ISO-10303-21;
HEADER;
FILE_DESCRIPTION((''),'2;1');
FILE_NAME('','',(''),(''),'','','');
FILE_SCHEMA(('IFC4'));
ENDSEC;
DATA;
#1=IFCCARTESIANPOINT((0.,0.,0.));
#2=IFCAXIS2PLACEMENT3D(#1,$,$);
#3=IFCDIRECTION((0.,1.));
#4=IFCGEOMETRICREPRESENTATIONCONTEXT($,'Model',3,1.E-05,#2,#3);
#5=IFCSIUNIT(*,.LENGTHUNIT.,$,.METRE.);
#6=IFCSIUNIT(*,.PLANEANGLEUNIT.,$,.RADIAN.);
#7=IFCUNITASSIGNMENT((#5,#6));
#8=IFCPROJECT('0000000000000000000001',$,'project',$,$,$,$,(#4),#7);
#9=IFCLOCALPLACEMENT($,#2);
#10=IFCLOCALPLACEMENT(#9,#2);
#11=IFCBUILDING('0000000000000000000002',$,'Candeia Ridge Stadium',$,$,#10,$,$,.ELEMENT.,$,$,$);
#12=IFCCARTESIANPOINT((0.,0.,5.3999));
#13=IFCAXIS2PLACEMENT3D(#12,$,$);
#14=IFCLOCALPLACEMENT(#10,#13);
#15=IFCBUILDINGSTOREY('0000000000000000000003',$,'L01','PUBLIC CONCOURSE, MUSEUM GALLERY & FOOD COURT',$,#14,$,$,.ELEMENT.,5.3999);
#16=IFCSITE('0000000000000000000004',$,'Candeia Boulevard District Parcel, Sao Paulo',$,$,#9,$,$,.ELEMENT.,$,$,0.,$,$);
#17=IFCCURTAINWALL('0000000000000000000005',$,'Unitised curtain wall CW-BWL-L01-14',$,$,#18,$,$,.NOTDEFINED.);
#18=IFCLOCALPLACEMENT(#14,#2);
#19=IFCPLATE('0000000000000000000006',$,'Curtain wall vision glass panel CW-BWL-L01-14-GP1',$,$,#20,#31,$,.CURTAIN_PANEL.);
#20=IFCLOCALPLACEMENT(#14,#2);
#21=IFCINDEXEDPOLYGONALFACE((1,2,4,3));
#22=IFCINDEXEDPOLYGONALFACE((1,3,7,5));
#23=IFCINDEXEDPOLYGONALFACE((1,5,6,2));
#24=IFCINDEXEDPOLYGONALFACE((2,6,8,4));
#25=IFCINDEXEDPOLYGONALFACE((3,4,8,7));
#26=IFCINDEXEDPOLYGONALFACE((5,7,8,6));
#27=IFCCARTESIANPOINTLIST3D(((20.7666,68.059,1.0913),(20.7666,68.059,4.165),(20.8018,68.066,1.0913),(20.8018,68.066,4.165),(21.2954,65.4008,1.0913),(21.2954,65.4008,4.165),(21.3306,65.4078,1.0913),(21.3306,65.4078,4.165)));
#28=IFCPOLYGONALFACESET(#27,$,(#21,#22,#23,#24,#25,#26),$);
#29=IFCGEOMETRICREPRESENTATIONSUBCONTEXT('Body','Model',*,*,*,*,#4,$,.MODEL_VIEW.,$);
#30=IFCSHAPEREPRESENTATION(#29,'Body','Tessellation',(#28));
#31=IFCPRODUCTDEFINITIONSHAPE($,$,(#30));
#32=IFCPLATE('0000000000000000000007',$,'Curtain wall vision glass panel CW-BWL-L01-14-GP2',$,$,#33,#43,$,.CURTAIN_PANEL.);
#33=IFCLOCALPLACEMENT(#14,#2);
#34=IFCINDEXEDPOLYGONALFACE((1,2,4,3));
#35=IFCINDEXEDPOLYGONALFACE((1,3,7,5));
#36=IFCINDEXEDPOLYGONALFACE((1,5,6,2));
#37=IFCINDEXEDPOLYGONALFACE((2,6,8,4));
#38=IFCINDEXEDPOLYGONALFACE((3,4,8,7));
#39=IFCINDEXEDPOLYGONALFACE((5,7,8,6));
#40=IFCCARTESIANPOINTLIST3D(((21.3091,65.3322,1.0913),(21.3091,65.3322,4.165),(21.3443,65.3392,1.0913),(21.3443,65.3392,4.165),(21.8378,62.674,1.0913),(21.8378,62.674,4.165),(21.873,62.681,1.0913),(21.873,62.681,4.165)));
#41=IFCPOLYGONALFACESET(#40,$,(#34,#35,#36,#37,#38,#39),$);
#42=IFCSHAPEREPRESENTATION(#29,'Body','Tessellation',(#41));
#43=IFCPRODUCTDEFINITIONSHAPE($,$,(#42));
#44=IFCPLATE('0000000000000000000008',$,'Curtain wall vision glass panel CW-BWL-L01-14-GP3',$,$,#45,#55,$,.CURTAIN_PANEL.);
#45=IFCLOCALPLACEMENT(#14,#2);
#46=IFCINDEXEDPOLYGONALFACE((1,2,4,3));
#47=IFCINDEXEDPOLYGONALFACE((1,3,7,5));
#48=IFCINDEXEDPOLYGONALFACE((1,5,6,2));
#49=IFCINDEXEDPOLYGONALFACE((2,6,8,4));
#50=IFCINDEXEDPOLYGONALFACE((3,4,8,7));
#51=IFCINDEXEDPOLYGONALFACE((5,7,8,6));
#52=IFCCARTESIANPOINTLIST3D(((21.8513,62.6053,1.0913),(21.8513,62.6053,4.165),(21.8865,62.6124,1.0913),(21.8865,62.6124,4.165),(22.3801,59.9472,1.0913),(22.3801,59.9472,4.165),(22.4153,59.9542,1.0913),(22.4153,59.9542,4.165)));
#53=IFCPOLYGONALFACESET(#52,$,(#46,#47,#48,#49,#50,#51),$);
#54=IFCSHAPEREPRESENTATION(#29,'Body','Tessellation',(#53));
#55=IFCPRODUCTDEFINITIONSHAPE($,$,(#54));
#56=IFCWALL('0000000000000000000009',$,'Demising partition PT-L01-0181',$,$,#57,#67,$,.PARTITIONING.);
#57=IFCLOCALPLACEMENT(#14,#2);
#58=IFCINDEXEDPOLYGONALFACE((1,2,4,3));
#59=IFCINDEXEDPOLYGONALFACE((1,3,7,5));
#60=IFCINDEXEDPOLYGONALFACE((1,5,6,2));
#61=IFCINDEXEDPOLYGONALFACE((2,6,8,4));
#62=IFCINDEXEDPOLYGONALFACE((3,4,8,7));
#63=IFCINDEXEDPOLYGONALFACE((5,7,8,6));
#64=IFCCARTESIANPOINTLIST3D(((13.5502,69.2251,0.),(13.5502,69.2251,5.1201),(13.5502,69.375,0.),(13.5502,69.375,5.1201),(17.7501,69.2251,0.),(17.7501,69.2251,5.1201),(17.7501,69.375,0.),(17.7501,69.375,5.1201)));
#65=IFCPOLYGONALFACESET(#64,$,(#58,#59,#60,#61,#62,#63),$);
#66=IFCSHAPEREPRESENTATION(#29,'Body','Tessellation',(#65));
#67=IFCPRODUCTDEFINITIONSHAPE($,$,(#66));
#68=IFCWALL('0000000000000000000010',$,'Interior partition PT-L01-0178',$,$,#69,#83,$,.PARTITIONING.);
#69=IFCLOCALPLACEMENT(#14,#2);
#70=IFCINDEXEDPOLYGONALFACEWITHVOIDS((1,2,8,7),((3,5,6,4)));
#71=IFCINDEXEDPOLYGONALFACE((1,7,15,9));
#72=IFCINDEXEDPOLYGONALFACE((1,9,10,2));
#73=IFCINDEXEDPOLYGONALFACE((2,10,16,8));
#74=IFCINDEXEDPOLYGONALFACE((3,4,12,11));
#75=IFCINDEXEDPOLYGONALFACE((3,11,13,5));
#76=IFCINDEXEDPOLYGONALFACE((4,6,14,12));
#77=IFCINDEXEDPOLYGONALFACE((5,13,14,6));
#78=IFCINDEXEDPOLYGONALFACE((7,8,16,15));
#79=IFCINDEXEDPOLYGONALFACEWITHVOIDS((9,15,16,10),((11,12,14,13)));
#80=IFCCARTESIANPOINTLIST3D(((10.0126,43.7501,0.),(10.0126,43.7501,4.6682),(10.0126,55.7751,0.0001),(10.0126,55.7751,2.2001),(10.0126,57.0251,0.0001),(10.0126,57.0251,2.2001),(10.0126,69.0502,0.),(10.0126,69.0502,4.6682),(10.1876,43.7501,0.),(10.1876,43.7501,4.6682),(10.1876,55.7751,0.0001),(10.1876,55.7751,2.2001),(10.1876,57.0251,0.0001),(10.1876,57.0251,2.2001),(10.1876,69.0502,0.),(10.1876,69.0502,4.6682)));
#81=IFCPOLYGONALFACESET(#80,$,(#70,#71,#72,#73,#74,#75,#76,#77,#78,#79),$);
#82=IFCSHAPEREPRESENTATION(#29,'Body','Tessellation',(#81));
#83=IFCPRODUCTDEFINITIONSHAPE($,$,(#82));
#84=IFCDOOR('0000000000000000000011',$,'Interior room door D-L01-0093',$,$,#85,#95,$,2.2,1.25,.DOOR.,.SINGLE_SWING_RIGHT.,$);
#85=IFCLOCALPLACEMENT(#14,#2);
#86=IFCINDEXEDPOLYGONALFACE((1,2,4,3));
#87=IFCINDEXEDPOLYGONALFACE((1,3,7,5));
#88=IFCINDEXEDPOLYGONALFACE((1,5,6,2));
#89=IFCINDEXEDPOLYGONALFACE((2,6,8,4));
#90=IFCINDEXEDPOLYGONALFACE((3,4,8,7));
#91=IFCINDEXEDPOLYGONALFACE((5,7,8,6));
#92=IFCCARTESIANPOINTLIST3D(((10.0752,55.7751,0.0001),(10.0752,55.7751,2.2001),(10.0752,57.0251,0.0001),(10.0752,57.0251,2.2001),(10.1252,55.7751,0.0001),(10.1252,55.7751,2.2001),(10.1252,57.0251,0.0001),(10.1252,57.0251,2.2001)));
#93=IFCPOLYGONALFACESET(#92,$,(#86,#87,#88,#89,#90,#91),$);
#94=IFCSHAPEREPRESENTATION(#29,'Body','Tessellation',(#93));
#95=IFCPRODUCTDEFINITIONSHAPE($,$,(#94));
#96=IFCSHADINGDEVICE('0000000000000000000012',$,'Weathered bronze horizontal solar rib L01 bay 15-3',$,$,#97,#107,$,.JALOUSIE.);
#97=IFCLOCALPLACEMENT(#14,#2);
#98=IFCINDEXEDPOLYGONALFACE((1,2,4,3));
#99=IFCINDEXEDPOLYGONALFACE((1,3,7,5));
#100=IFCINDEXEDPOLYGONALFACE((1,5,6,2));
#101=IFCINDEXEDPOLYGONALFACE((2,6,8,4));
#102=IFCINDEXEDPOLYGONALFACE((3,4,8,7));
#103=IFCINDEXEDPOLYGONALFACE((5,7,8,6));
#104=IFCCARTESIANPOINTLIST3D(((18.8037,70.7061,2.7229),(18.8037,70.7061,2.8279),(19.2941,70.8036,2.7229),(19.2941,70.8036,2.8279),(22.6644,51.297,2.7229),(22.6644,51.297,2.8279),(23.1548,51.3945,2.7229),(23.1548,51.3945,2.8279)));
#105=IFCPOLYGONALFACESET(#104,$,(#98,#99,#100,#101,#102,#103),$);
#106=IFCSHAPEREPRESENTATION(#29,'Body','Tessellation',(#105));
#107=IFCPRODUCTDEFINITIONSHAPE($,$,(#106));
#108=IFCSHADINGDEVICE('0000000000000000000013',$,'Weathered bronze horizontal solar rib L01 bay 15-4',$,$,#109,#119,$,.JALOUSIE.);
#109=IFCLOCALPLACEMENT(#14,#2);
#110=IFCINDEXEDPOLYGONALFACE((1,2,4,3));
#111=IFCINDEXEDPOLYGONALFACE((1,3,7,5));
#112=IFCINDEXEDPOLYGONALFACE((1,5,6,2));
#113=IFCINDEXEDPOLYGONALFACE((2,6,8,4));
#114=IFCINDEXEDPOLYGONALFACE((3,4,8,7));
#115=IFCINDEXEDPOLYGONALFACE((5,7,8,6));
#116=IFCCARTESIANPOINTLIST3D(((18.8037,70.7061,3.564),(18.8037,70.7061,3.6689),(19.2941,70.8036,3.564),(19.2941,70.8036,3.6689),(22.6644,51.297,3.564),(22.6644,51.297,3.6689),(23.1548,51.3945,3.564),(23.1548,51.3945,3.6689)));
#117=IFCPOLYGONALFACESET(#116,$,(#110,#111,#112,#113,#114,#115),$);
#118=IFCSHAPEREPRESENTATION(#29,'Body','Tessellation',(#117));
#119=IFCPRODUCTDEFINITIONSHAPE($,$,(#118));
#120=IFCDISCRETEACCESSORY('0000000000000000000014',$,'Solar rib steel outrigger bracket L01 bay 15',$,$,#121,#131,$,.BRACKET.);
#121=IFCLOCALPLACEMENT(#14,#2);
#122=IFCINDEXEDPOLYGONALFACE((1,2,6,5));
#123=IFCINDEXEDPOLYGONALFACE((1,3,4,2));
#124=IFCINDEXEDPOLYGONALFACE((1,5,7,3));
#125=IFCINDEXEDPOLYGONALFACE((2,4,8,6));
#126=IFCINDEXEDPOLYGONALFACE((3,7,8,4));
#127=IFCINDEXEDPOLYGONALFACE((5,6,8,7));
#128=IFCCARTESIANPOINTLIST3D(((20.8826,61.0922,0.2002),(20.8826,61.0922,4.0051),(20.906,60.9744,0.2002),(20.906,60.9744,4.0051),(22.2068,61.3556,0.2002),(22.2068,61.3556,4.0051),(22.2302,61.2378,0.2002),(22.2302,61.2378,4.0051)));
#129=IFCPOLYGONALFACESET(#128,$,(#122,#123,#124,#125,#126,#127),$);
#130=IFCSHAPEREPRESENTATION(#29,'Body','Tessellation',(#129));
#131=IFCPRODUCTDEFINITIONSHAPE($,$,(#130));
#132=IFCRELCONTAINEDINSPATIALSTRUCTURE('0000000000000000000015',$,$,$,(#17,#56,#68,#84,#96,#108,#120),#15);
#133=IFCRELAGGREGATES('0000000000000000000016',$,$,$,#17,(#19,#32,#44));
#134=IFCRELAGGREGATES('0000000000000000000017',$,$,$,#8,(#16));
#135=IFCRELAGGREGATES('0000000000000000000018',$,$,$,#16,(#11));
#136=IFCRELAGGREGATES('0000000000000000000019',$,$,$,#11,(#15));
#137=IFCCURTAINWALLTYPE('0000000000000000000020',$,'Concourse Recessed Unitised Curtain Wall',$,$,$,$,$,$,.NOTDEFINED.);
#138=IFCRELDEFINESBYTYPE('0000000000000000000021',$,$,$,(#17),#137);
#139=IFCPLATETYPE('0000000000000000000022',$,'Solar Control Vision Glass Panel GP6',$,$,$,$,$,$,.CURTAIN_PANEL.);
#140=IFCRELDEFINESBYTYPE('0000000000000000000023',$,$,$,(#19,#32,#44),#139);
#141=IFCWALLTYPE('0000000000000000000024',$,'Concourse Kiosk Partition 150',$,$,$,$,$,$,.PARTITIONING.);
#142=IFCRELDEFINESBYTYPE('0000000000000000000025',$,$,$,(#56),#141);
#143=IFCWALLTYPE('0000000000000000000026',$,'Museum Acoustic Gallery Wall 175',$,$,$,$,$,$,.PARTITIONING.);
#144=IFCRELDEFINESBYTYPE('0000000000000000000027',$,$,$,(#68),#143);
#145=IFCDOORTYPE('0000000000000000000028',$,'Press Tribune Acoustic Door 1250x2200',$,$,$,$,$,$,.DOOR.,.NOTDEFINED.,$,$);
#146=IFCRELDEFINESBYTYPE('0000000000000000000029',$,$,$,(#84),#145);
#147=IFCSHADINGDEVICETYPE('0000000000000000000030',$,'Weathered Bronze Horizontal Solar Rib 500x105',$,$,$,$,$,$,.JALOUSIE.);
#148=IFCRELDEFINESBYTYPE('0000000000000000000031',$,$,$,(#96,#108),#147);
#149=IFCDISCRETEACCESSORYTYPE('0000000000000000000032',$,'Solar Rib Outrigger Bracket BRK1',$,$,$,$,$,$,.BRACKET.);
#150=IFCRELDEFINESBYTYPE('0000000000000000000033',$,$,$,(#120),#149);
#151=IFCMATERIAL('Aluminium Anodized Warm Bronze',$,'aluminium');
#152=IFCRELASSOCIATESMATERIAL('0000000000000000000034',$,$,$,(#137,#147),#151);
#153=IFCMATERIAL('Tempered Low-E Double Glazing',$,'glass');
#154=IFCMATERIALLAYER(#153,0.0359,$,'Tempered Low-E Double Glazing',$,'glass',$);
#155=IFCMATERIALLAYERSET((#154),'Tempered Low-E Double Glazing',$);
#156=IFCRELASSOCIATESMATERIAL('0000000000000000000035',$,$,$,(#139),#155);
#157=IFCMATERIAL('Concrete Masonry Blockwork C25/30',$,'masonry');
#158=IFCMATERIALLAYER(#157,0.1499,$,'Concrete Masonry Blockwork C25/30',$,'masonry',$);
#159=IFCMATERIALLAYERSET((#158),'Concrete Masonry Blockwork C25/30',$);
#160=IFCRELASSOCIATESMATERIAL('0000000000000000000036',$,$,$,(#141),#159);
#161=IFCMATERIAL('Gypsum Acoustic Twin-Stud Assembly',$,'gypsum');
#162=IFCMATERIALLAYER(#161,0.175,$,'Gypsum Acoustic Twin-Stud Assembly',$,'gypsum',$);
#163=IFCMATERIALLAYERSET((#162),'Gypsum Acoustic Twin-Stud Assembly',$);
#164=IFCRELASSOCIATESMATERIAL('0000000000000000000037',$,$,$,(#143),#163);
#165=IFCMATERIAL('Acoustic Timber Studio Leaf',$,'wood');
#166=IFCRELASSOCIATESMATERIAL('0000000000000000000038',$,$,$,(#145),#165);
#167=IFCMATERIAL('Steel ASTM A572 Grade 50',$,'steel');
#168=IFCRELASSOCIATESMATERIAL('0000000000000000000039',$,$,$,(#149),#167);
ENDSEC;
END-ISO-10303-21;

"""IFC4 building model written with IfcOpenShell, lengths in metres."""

from ifc_helpers import new_model, si_unit, direction, frame, frame_2d, origin, origin_2d, place, context, subcontext, project, spatial, rectangle, extrude, material, layer, layer_set, type_object, element, fill, aggregate, save


model = new_model("IFC4")

# Units and contexts
model_context = context("Model", 3, precision=1e-05, world=origin(), true_north=direction((0.0, 1.0)))
body_context = subcontext(model_context, "Body", "Model", "MODEL_VIEW")
ifc_project = project(units=[si_unit("LENGTHUNIT", "METRE"), si_unit("PLANEANGLEUNIT", "RADIAN")], contexts=[model_context])

# Site, building, storey
site_placement = place(None, origin())
site = spatial("IfcSite", under=ifc_project, at=site_placement, Name="Candeia Boulevard District Parcel, Sao Paulo", CompositionType="ELEMENT", RefElevation=0.0)
building_placement = place(site_placement, origin())
building = spatial("IfcBuilding", under=site, at=building_placement, Name="Candeia Ridge Stadium", CompositionType="ELEMENT")
storey_placement = place(building_placement, frame((0.0, 0.0, 5.3999)))
storey = spatial("IfcBuildingStorey", under=building, at=storey_placement, Name="L01", Description="PUBLIC CONCOURSE, MUSEUM GALLERY & FOOD COURT", CompositionType="ELEMENT", Elevation=5.3999)

# Curtain wall
ifc_material_1 = material(Name="Aluminium Anodized Warm Bronze", Category="aluminium")
curtain_wall_type = type_object("IfcCurtainWallType", Name="Concourse Recessed Unitised Curtain Wall", PredefinedType="NOTDEFINED", material=ifc_material_1)
curtain_wall_placement = place(storey_placement, origin())
curtain_wall = element("IfcCurtainWall", 1, at=curtain_wall_placement, inside=storey, type_object=curtain_wall_type, Name="Unitised curtain wall CW-BWL-L01-14", PredefinedType="NOTDEFINED")

# Shared definitions
ifc_material_2 = material(Name="Steel ASTM A572 Grade 50", Category="steel")

# Plates
ifc_material_3 = material(Name="Tempered Low-E Double Glazing", Category="glass")
ifc_layer_1 = layer(ifc_material_3, 0.0359, Name="Tempered Low-E Double Glazing", Category="glass")
ifc_layer_set_1 = layer_set([ifc_layer_1], Name="Tempered Low-E Double Glazing")
plate_type_1 = type_object("IfcPlateType", Name="Solar Control Vision Glass Panel GP6", PredefinedType="CURTAIN_PANEL", material=ifc_layer_set_1)
plate_1_placement = place(storey_placement, frame((21.0486, 66.7334, 1.0913), z_axis=(0.0, 0.0, 1.0), x_axis=(0.19509, -0.980785, 0.0)))
plate_1 = element("IfcPlate", 2, at=plate_1_placement, type_object=plate_type_1, Name="Curtain wall vision glass panel CW-BWL-L01-14-GP1", PredefinedType="CURTAIN_PANEL", context=body_context, shape_type="SweptSolid", body=[
    extrude(rectangle(XDim=2.7102, YDim=0.0359, at=origin_2d()), origin(), (0.0, 0.0, 1.0), 3.0737),
])
plate_2_placement = place(storey_placement, frame((21.5911, 64.0066, 1.0913), z_axis=(0.0, 0.0, 1.0), x_axis=(0.19509, -0.980785, 0.0)))
plate_2 = element("IfcPlate", 3, at=plate_2_placement, type_object=plate_type_1, Name="Curtain wall vision glass panel CW-BWL-L01-14-GP2", PredefinedType="CURTAIN_PANEL", context=body_context, shape_type="SweptSolid", body=[
    extrude(rectangle(XDim=2.7102, YDim=0.0359, at=origin_2d()), origin(), (0.0, 0.0, 1.0), 3.0737),
])
plate_3_placement = place(storey_placement, frame((22.1333, 61.2798, 1.0913), z_axis=(0.0, 0.0, 1.0), x_axis=(0.19509, -0.980785, 0.0)))
plate_3 = element("IfcPlate", 4, at=plate_3_placement, type_object=plate_type_1, Name="Curtain wall vision glass panel CW-BWL-L01-14-GP3", PredefinedType="CURTAIN_PANEL", context=body_context, shape_type="SweptSolid", body=[
    extrude(rectangle(XDim=2.7102, YDim=0.0359, at=origin_2d()), origin(), (0.0, 0.0, 1.0), 3.0737),
])
aggregate(curtain_wall, [plate_1, plate_2, plate_3])

# Wall
ifc_material_4 = material(Name="Concrete Masonry Blockwork C25/30", Category="masonry")
ifc_layer_2 = layer(ifc_material_4, 0.1499, Name="Concrete Masonry Blockwork C25/30", Category="masonry")
ifc_layer_set_2 = layer_set([ifc_layer_2], Name="Concrete Masonry Blockwork C25/30")
wall_type_1 = type_object("IfcWallType", Name="Concourse Kiosk Partition 150", PredefinedType="PARTITIONING", material=ifc_layer_set_2)
wall_1_placement = place(storey_placement, frame((13.55, 69.3, 0.0), z_axis=(0.0, 0.0, 1.0), x_axis=(1.0, 0.0, 0.0)))
element("IfcWall", 5, at=wall_1_placement, inside=storey, type_object=wall_type_1, Name="Demising partition PT-L01-0181", PredefinedType="PARTITIONING", context=body_context, shape_type="SweptSolid", body=[
    extrude(rectangle(XDim=4.2, YDim=0.1499, at=frame_2d((2.1001, 0.0))), origin(), (0.0, 0.0, 1.0), 5.1201),
])

# Wall, opening, door
ifc_material_5 = material(Name="Gypsum Acoustic Twin-Stud Assembly", Category="gypsum")
ifc_layer_3 = layer(ifc_material_5, 0.175, Name="Gypsum Acoustic Twin-Stud Assembly", Category="gypsum")
ifc_layer_set_3 = layer_set([ifc_layer_3], Name="Gypsum Acoustic Twin-Stud Assembly")
wall_type_2 = type_object("IfcWallType", Name="Museum Acoustic Gallery Wall 175", PredefinedType="PARTITIONING", material=ifc_layer_set_3)
wall_2_placement = place(storey_placement, frame((10.1001, 69.05, 0.0), z_axis=(0.0, 0.0, 1.0), x_axis=(0.0, -1.0, 0.0)))
wall_2 = element("IfcWall", 6, at=wall_2_placement, inside=storey, type_object=wall_type_2, Name="Interior partition PT-L01-0178", PredefinedType="PARTITIONING", context=body_context, shape_type="SweptSolid", body=[
    extrude(rectangle(XDim=25.3, YDim=0.175, at=frame_2d((12.6499, 0.0))), origin(), (0.0, 0.0, 1.0), 4.6682),
])
opening_placement = place(wall_2_placement, frame((12.0249, 0.0, 0.0)))
opening = element("IfcOpeningElement", 7, at=opening_placement, cuts=wall_2, PredefinedType="OPENING", context=body_context, shape_type="SweptSolid", body=[
    extrude(rectangle(XDim=1.25, YDim=2.2, at=frame_2d((0.625, 1.1001))), frame((0.0, 0.0974, 0.0), z_axis=(0.0, -1.0, 0.0), x_axis=(1.0, 0.0, 0.0)), (0.0, 0.0, 1.0), 0.1951),
])
ifc_material_6 = material(Name="Acoustic Timber Studio Leaf", Category="wood")
door_type = type_object("IfcDoorType", Name="Press Tribune Acoustic Door 1250x2200", OperationType="NOTDEFINED", PredefinedType="DOOR", material=ifc_material_6)
door_placement = place(opening_placement, frame((1.25, 0.0, 0.0), z_axis=(0.0, 0.0, 1.0), x_axis=(-1.0, 0.0, 0.0)))
door = element("IfcDoor", 8, at=door_placement, inside=storey, type_object=door_type, Name="Interior room door D-L01-0093", OperationType="SINGLE_SWING_RIGHT", OverallHeight=2.2, OverallWidth=1.25, PredefinedType="DOOR", context=body_context, shape_type="SweptSolid", body=[
    extrude(rectangle(XDim=1.25, YDim=2.2, at=frame_2d((0.625, 1.1001))), frame((0.0, 0.0249, 0.0), z_axis=(0.0, -1.0, 0.0), x_axis=(1.0, 0.0, 0.0)), (0.0, 0.0, 1.0), 0.05),
])
fill(opening, door)

# Shading devices
shading_device_type = type_object("IfcShadingDeviceType", Name="Weathered Bronze Horizontal Solar Rib 500x105", PredefinedType="JALOUSIE", material=ifc_material_1)
for number, where, z_axis, x_axis, name in (
    (9, (20.9792, 61.0503, 2.7229), (0.0, 0.0, 1.0), (0.19509, -0.980785, 0.0), "Weathered bronze horizontal solar rib L01 bay 15-3"),
    (10, (20.9792, 61.0503, 3.564), (0.0, 0.0, 1.0), (0.19509, -0.980785, 0.0), "Weathered bronze horizontal solar rib L01 bay 15-4"),
):
    element("IfcShadingDevice", number, at=place(storey_placement, frame(where, z_axis=z_axis, x_axis=x_axis)), inside=storey, type_object=shading_device_type, Name=name, PredefinedType="JALOUSIE", context=body_context, shape_type="SweptSolid", body=[
        extrude(rectangle(XDim=19.7893, YDim=0.5, at=origin_2d()), origin(), (0.0, 0.0, 1.0), 0.105),
    ])

# Discrete accessory
discrete_accessory_type = type_object("IfcDiscreteAccessoryType", Name="Solar Rib Outrigger Bracket BRK1", PredefinedType="BRACKET", material=ifc_material_2)
discrete_accessory_placement = place(storey_placement, frame((21.5564, 61.165, 0.2002), z_axis=(0.0, 0.0, 1.0), x_axis=(-0.980785, -0.19509, 0.0)))
element("IfcDiscreteAccessory", 11, at=discrete_accessory_placement, inside=storey, type_object=discrete_accessory_type, Name="Solar rib steel outrigger bracket L01 bay 15", PredefinedType="BRACKET", context=body_context, shape_type="SweptSolid", body=[
    extrude(rectangle(XDim=1.3501, YDim=0.1201, at=origin_2d()), origin(), (0.0, 0.0, 1.0), 3.8049),
])

save(model, "model.ifc")
